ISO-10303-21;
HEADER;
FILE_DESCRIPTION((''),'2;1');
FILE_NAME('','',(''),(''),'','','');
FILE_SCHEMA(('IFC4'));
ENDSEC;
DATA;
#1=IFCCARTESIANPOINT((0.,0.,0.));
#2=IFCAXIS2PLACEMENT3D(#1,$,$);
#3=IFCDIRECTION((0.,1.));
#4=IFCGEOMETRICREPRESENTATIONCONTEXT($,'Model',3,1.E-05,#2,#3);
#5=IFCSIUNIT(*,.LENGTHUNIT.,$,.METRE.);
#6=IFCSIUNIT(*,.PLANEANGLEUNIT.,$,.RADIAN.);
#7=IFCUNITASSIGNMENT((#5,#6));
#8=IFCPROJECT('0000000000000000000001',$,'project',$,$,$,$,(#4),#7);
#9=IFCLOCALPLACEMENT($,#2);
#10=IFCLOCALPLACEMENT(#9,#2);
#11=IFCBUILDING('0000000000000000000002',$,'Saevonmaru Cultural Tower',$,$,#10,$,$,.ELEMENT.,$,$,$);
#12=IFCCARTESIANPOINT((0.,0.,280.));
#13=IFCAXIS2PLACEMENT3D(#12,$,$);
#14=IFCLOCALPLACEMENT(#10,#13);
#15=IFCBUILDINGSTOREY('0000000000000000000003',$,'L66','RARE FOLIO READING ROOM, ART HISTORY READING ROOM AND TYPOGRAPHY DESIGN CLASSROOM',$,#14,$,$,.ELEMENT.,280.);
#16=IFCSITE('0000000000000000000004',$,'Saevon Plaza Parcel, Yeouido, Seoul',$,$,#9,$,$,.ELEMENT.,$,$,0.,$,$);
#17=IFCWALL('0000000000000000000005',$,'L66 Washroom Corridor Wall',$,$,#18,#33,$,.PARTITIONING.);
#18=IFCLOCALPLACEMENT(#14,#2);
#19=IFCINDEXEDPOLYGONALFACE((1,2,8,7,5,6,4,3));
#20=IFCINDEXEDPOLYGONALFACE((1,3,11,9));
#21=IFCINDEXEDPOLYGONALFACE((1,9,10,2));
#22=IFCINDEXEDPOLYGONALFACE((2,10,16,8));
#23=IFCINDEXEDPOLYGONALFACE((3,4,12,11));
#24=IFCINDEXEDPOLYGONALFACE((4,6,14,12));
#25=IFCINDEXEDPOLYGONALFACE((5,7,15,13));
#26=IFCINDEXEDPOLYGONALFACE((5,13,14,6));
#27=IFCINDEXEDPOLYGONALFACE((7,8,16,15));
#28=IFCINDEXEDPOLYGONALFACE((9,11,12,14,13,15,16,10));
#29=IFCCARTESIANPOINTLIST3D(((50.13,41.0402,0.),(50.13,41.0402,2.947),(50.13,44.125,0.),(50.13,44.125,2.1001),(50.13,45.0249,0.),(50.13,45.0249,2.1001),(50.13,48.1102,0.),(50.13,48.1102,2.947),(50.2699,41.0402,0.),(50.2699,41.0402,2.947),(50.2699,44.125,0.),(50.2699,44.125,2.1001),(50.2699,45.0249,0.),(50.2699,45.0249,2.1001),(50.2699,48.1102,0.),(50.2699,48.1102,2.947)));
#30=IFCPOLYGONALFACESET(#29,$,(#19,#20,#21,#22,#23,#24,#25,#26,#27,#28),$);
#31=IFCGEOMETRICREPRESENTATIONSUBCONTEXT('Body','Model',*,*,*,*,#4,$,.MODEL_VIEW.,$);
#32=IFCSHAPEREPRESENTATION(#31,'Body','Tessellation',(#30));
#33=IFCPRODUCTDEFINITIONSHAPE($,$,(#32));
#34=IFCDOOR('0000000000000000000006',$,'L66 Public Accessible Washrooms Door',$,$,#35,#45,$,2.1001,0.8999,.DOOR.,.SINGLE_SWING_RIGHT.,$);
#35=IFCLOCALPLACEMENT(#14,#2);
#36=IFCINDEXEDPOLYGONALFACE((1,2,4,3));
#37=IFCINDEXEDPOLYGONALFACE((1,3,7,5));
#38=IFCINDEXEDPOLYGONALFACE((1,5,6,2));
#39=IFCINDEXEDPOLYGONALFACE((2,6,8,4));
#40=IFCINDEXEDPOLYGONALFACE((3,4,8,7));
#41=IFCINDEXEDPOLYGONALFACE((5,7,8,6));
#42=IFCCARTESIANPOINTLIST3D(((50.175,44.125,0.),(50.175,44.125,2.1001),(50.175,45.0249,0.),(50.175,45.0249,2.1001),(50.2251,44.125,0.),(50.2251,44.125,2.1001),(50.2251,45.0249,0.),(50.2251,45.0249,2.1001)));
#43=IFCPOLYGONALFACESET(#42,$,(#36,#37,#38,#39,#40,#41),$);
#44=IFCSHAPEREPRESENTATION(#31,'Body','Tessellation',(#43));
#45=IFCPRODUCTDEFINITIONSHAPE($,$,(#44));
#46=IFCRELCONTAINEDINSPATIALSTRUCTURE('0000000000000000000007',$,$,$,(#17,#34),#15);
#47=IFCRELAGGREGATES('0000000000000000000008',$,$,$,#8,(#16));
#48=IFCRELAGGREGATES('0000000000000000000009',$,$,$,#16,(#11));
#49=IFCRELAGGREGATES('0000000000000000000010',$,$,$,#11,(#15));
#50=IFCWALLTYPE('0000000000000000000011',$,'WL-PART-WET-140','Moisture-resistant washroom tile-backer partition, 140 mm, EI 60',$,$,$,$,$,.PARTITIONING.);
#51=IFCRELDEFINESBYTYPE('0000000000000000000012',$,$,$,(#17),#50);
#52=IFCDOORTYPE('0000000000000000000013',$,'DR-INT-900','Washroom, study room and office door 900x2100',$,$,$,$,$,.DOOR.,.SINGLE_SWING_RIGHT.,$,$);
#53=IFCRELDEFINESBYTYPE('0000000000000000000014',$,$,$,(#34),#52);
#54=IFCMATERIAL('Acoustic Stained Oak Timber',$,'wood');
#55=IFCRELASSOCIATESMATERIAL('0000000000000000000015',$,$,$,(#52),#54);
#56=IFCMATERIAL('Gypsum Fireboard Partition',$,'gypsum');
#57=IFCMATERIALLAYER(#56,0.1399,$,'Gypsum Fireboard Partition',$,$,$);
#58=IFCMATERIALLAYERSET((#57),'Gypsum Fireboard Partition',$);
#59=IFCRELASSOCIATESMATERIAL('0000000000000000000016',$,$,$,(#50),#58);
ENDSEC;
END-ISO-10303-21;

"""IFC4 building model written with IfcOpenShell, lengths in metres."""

from ifc_helpers import new_model, si_unit, direction, frame, frame_2d, origin, place, context, subcontext, project, spatial, rectangle, extrude, material, layer, layer_set, type_object, element, fill, save


model = new_model("IFC4")

# Units and contexts
model_context = context("Model", 3, precision=1e-05, world=origin(), true_north=direction((0.0, 1.0)))
body_context = subcontext(model_context, "Body", "Model", "MODEL_VIEW")
ifc_project = project(units=[si_unit("LENGTHUNIT", "METRE"), si_unit("PLANEANGLEUNIT", "RADIAN")], contexts=[model_context])

# Site, building, storey
site_placement = place(None, origin())
site = spatial("IfcSite", under=ifc_project, at=site_placement, Name="Saevon Plaza Parcel, Yeouido, Seoul", CompositionType="ELEMENT", RefElevation=0.0)
building_placement = place(site_placement, origin())
building = spatial("IfcBuilding", under=site, at=building_placement, Name="Saevonmaru Cultural Tower", CompositionType="ELEMENT")
storey_placement = place(building_placement, frame((0.0, 0.0, 280.0)))
storey = spatial("IfcBuildingStorey", under=building, at=storey_placement, Name="L66", Description="RARE FOLIO READING ROOM, ART HISTORY READING ROOM AND TYPOGRAPHY DESIGN CLASSROOM", CompositionType="ELEMENT", Elevation=280.0)

# Shared definitions
ifc_material_1 = material(Name="Gypsum Fireboard Partition", Category="gypsum")
ifc_material_2 = material(Name="Acoustic Stained Oak Timber", Category="wood")
door_type_1 = type_object("IfcDoorType", Name="DR-INT-900", Description="Washroom, study room and office door 900x2100", OperationType="SINGLE_SWING_RIGHT", PredefinedType="DOOR", material=ifc_material_2)

# Shared definitions
ifc_layer_1 = layer(ifc_material_1, 0.1399, Name="Gypsum Fireboard Partition")
ifc_layer_set_1 = layer_set([ifc_layer_1], Name="Gypsum Fireboard Partition")
wall_type_1 = type_object("IfcWallType", Name="WL-PART-WET-140", Description="Moisture-resistant washroom tile-backer partition, 140 mm, EI 60", PredefinedType="PARTITIONING", material=ifc_layer_set_1)

# Wall, opening, door
wall_1_placement = place(storey_placement, frame((50.2, 41.04, 0.0), z_axis=(0.0, 0.0, 1.0), x_axis=(0.0, 1.0, 0.0)))
wall_1 = element("IfcWall", 1, at=wall_1_placement, inside=storey, type_object=wall_type_1, Name="L66 Washroom Corridor Wall", PredefinedType="PARTITIONING", context=body_context, shape_type="SweptSolid", body=[
    extrude(rectangle(XDim=7.0701, YDim=0.1399, at=frame_2d((3.5352, 0.0))), origin(), (0.0, 0.0, 1.0), 2.947),
])
opening_1_placement = place(wall_1_placement, frame((3.085, 0.0, 0.0)))
opening_1 = element("IfcOpeningElement", 2, at=opening_1_placement, cuts=wall_1, PredefinedType="OPENING", context=body_context, shape_type="SweptSolid", body=[
    extrude(rectangle(XDim=0.8999, YDim=2.1001, at=frame_2d((0.45, 1.05))), frame((0.0, 0.0801, 0.0), z_axis=(0.0, -1.0, 0.0), x_axis=(1.0, 0.0, 0.0)), (0.0, 0.0, 1.0), 0.1599),
])
door_1_placement = place(opening_1_placement, origin())
door_1 = element("IfcDoor", 3, at=door_1_placement, inside=storey, type_object=door_type_1, Name="L66 Public Accessible Washrooms Door", OperationType="SINGLE_SWING_RIGHT", OverallHeight=2.1001, OverallWidth=0.8999, PredefinedType="DOOR", context=body_context, shape_type="SweptSolid", body=[
    extrude(rectangle(XDim=0.8999, YDim=2.1001, at=frame_2d((0.45, 1.05))), frame((0.0, 0.0249, 0.0), z_axis=(0.0, -1.0, 0.0), x_axis=(1.0, 0.0, 0.0)), (0.0, 0.0, 1.0), 0.05),
])
fill(opening_1, door_1)

save(model, "model.ifc")
